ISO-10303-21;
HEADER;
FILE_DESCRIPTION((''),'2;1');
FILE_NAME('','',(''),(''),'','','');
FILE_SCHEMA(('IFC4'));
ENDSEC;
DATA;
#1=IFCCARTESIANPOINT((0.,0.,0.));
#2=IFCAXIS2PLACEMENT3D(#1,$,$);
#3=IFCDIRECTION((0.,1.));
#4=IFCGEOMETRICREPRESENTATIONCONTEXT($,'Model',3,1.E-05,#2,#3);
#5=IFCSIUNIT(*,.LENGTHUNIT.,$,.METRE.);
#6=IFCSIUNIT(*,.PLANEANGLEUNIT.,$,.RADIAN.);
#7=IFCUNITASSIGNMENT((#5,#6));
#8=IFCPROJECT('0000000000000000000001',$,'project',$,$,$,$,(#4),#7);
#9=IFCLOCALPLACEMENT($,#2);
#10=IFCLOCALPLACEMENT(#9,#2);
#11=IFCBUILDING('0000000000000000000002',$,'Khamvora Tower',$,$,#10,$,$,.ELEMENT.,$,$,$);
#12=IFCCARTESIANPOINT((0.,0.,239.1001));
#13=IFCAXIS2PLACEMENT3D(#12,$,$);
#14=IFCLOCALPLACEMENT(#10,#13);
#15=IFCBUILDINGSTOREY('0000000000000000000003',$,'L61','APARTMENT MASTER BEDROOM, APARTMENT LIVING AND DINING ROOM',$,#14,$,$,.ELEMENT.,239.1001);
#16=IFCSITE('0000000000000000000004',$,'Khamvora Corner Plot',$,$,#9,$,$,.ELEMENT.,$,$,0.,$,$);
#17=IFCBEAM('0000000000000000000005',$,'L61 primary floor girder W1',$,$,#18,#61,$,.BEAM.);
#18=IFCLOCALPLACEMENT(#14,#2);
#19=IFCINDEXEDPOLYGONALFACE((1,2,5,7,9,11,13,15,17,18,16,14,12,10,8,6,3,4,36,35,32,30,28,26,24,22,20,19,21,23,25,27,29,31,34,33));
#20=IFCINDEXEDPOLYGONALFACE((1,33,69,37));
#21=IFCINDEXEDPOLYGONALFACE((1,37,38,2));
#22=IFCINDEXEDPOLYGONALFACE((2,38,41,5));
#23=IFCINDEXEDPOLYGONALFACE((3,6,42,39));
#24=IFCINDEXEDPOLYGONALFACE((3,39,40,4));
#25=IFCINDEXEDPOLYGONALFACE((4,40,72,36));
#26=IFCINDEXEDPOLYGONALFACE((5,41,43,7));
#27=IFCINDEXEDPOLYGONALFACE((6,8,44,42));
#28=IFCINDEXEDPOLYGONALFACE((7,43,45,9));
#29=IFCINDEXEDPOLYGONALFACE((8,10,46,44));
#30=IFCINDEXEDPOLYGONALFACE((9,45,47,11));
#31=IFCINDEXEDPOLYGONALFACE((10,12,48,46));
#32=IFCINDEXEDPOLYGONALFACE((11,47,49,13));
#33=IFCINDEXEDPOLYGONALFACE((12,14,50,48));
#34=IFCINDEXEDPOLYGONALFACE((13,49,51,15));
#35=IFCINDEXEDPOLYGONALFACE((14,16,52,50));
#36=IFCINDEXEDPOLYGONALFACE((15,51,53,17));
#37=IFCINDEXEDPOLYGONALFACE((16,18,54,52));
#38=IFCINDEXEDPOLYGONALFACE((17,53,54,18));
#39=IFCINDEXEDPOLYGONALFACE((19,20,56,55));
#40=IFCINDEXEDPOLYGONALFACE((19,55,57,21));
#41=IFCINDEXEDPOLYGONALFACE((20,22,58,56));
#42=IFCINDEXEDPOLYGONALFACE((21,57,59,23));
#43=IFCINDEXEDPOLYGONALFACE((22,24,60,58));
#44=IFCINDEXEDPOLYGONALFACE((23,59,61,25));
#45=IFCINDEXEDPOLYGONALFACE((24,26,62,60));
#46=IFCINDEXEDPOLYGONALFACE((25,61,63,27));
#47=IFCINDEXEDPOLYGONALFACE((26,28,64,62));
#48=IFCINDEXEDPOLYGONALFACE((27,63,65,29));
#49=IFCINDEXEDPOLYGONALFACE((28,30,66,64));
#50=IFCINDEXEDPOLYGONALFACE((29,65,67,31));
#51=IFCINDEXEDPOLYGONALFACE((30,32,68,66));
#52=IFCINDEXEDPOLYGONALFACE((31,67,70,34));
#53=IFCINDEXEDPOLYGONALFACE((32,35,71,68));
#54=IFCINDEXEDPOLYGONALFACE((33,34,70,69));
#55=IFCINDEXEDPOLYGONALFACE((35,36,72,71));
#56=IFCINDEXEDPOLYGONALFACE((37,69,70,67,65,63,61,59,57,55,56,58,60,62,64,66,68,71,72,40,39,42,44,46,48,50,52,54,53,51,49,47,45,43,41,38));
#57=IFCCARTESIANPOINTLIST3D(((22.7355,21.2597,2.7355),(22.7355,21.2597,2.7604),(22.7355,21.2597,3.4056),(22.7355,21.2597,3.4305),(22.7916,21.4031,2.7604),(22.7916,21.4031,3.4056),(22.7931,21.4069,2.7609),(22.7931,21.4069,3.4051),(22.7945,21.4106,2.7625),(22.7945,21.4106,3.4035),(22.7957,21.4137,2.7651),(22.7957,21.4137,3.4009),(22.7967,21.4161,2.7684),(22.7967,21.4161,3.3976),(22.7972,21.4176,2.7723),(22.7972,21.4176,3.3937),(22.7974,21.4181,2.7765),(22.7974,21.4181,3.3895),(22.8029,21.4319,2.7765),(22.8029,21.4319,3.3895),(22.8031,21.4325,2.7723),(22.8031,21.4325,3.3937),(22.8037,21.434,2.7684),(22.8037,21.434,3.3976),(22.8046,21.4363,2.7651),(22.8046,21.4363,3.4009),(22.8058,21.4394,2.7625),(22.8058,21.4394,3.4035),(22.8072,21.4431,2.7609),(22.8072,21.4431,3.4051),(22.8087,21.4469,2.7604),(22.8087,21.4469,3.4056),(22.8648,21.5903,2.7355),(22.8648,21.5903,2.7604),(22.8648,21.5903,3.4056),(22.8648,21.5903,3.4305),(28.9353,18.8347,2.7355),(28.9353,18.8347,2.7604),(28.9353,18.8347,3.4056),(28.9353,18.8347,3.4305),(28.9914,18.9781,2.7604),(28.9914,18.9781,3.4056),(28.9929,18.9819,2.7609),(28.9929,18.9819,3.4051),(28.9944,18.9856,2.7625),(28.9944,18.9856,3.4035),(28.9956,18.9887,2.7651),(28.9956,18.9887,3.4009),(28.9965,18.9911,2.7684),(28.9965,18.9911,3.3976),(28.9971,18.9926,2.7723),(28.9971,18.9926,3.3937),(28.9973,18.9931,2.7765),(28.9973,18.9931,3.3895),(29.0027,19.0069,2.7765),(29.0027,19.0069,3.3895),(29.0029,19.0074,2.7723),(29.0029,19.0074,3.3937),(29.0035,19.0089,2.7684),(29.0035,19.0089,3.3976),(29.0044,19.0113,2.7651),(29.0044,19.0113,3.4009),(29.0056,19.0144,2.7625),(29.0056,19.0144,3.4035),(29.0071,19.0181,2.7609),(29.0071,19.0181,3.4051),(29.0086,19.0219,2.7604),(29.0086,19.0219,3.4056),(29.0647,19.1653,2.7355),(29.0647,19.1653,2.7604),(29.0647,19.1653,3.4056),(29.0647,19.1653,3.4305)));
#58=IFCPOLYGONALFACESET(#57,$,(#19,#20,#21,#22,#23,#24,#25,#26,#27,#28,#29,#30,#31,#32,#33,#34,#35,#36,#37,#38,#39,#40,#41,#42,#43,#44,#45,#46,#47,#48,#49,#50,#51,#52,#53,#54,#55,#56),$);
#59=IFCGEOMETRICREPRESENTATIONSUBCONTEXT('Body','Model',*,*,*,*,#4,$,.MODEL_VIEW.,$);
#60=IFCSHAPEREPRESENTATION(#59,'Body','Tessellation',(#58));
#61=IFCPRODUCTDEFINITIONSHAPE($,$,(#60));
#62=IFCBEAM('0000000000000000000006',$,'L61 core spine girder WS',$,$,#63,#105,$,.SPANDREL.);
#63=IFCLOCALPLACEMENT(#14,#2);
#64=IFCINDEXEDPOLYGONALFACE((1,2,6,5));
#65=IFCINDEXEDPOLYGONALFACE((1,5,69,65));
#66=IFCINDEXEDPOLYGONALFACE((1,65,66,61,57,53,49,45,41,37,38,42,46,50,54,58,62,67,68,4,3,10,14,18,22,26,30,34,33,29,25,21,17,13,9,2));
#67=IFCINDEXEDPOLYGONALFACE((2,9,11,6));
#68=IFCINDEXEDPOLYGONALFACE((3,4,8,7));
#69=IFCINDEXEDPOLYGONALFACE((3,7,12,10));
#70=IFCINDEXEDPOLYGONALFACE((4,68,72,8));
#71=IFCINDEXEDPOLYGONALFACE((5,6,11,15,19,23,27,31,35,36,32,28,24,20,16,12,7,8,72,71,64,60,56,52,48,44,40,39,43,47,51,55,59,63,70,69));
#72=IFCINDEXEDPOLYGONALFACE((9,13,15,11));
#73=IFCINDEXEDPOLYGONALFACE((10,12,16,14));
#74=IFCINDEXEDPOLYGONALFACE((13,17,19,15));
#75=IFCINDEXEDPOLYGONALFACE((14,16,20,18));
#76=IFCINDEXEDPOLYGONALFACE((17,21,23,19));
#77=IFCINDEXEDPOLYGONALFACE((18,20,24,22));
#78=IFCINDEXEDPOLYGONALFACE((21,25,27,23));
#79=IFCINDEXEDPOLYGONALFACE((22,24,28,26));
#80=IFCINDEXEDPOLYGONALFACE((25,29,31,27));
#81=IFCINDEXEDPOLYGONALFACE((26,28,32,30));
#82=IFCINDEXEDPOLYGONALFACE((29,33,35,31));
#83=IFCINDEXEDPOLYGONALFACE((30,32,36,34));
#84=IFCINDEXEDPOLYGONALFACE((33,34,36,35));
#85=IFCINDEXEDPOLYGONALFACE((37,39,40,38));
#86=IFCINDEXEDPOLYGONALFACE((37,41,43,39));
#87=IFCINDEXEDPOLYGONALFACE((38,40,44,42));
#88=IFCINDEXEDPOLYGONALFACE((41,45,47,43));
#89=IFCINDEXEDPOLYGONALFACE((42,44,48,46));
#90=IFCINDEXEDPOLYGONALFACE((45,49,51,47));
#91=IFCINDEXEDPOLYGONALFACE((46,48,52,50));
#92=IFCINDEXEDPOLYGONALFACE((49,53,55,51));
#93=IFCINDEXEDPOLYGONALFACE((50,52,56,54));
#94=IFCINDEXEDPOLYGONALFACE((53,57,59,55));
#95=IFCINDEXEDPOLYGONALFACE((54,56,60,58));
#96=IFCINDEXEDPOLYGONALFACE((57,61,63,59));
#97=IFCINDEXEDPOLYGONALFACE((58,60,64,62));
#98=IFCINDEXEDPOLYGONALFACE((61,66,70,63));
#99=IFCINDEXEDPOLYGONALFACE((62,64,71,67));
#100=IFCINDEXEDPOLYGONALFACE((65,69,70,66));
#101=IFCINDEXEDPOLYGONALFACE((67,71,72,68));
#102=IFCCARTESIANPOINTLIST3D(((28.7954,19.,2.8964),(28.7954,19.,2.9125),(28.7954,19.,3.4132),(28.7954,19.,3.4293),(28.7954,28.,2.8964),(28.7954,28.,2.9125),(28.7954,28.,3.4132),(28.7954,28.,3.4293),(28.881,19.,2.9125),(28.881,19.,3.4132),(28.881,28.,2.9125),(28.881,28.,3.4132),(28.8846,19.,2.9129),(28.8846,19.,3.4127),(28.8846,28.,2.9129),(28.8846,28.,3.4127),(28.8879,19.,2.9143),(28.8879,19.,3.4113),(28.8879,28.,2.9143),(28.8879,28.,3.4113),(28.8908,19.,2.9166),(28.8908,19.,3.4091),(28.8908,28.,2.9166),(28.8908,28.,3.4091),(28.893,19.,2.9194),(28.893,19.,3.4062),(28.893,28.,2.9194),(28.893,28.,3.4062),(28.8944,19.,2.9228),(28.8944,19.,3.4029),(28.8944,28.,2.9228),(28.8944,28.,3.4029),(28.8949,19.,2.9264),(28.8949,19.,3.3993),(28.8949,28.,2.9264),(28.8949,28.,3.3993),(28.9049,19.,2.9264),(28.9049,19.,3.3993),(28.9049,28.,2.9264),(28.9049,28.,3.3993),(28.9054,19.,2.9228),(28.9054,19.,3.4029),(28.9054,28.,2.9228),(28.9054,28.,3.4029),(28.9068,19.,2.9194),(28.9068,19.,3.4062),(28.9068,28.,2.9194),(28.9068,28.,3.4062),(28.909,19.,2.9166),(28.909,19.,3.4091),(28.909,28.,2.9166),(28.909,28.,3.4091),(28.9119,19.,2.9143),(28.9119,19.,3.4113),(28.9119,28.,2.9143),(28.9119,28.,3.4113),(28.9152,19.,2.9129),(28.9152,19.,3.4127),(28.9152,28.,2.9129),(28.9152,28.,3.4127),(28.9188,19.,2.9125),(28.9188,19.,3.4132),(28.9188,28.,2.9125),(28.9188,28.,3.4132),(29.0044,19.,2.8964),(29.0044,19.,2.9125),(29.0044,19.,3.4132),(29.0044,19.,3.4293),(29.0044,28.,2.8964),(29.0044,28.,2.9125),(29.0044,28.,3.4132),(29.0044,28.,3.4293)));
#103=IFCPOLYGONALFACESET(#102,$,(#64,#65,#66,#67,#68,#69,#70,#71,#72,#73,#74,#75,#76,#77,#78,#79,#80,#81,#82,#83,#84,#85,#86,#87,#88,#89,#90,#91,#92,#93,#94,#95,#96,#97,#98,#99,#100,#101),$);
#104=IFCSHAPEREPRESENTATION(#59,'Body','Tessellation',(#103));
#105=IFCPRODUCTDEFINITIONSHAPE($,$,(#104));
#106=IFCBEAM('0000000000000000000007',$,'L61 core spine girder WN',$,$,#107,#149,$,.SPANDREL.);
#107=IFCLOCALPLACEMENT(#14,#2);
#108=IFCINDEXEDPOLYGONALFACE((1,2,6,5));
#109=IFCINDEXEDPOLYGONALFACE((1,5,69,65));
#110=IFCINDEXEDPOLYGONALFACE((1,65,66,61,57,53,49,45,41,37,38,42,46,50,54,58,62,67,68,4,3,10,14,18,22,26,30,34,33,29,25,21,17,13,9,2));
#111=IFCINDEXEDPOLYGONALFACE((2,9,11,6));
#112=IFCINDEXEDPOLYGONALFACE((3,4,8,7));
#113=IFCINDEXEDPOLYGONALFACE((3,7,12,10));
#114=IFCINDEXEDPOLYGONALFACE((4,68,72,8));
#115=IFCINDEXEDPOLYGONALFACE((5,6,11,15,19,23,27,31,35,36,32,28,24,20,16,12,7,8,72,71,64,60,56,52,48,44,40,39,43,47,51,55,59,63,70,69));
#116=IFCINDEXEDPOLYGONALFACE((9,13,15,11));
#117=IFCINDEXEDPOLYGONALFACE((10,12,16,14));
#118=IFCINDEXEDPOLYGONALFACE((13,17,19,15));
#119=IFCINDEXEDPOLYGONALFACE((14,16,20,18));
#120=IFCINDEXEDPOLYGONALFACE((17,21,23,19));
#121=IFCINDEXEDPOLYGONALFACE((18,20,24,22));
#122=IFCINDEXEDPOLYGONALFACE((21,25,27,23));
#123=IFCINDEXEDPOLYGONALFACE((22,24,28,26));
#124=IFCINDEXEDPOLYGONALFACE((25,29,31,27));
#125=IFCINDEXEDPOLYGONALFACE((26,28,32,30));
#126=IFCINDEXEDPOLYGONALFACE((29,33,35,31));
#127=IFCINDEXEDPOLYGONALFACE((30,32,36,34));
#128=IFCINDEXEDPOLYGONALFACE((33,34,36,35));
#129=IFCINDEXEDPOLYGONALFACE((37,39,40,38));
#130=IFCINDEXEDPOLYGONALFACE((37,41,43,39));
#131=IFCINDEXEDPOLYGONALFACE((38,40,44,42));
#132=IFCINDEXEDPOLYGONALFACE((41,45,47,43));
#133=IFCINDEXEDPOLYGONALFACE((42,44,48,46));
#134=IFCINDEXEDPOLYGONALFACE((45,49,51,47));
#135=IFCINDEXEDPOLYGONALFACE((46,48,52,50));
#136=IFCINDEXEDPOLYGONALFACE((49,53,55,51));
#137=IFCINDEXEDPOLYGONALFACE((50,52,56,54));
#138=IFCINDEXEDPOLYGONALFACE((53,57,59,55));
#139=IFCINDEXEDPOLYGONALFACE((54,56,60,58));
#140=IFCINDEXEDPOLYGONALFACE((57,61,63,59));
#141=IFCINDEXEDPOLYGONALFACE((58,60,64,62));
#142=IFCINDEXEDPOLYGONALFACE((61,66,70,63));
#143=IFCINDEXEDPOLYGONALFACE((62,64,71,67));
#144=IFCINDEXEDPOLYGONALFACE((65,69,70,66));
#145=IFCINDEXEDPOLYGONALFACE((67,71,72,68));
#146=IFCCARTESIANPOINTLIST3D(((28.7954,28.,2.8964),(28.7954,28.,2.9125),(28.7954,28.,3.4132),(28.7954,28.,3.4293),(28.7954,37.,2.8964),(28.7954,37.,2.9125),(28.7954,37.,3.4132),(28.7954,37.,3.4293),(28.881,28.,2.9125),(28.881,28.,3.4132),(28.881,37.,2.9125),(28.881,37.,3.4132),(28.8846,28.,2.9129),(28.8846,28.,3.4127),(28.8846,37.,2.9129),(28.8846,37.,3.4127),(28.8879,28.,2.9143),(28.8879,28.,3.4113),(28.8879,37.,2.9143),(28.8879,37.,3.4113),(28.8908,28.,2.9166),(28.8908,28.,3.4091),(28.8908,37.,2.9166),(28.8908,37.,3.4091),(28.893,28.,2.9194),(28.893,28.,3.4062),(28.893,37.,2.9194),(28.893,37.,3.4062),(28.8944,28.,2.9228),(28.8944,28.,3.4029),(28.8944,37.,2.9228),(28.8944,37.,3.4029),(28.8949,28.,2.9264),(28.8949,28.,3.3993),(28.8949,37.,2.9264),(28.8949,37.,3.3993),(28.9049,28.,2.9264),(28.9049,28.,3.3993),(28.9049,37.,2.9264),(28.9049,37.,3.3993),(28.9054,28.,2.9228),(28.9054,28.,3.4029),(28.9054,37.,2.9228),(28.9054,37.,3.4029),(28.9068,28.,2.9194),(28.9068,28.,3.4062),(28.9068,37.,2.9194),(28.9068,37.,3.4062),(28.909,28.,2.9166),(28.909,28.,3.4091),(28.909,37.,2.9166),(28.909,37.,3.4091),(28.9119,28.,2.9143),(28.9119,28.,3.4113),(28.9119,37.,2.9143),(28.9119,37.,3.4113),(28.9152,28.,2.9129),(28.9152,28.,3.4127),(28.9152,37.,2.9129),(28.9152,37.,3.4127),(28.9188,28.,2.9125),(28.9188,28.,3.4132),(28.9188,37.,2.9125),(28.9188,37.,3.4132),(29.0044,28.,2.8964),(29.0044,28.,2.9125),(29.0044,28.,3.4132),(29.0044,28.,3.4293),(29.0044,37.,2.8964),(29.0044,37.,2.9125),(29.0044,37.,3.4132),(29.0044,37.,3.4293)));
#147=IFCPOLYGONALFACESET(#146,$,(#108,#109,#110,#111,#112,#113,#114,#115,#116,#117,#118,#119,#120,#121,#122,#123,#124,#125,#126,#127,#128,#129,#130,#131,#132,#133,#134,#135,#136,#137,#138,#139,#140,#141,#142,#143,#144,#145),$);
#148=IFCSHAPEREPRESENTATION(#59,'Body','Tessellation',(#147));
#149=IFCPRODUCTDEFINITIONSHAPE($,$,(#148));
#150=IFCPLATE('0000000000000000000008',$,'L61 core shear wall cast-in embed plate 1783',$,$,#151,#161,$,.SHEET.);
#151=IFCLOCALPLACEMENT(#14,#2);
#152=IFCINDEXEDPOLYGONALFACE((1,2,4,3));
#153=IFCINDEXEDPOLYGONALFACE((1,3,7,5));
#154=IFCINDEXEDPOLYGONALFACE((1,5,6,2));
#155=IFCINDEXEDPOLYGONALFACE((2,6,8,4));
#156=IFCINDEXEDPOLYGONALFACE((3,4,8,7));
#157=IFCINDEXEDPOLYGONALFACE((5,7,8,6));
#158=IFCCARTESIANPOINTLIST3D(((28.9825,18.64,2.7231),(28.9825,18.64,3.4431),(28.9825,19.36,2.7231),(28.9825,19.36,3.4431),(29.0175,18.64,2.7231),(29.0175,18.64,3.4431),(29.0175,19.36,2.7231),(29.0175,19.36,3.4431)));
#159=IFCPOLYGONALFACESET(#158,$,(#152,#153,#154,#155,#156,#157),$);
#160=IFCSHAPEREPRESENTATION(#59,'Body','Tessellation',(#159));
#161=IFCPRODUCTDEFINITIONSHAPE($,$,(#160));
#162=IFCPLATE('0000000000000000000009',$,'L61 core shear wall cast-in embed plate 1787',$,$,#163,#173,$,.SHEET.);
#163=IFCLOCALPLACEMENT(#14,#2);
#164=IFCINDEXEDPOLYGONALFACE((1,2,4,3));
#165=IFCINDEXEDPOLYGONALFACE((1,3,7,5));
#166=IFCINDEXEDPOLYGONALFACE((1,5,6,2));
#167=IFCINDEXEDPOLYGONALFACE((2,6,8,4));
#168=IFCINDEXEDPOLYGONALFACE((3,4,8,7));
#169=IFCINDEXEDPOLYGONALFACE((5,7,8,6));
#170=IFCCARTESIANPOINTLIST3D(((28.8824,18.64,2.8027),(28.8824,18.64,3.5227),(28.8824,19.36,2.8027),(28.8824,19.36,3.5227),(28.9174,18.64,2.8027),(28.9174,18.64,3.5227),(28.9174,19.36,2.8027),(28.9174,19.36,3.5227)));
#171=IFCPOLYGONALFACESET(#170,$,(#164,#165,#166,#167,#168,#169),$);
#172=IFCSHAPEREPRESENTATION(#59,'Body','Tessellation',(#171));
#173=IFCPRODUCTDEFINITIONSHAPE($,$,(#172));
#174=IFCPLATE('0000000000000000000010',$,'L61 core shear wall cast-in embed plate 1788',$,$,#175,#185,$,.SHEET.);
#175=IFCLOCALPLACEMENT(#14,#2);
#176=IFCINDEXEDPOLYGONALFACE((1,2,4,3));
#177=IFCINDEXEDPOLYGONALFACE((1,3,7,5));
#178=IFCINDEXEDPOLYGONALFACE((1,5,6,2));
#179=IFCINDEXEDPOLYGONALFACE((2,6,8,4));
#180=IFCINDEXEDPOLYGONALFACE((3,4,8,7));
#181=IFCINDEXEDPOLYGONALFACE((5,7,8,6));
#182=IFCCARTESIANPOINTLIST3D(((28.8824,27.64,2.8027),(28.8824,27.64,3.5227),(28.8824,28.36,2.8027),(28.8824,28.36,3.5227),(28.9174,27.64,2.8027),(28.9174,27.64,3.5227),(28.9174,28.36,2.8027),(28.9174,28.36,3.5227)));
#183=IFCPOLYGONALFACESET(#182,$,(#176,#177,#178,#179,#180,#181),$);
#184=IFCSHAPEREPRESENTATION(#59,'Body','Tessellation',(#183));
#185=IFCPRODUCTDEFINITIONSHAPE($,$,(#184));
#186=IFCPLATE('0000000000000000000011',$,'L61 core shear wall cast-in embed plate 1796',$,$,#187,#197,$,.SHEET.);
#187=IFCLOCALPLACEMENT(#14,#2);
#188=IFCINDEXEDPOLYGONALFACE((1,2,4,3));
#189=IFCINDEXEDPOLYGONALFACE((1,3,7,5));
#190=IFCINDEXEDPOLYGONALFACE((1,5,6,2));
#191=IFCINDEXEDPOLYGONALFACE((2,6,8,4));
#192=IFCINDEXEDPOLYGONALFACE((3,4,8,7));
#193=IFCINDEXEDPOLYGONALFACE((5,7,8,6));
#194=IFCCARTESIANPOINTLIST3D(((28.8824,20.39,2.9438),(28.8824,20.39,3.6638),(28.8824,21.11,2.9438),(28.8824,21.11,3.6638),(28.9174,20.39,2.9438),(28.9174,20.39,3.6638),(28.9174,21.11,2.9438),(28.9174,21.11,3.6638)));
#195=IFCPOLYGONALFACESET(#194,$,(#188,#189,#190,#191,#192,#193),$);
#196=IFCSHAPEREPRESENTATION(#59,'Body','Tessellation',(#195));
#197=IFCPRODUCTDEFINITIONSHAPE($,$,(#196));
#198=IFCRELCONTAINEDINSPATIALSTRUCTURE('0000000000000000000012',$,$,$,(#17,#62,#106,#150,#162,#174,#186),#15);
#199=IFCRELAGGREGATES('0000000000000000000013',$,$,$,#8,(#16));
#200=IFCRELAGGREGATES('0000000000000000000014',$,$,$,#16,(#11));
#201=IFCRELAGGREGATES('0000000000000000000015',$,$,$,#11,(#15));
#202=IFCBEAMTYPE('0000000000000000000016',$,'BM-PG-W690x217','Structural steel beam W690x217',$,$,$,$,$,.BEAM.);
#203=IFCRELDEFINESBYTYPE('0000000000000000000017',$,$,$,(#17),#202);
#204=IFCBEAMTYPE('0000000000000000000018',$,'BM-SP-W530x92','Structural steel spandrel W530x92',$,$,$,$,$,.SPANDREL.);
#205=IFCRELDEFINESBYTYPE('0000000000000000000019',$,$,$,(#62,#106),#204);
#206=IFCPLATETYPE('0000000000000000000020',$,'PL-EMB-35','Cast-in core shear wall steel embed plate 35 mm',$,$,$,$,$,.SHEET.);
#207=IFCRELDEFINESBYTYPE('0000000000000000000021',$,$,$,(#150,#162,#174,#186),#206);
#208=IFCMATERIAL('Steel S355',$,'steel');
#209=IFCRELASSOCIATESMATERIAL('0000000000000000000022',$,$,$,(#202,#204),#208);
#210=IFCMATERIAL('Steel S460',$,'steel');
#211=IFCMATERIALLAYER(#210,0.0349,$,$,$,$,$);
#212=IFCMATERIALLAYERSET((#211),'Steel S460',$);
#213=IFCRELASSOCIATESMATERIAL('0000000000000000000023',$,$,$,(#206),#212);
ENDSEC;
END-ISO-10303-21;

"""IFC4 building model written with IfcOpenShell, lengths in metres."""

from ifc_helpers import new_model, si_unit, direction, frame, origin, origin_2d, place, context, subcontext, project, spatial, rectangle, i_section, extrude, material, layer, layer_set, material_profile, profile_set, type_object, element, save


model = new_model("IFC4")

# Units and contexts
model_context = context("Model", 3, precision=1e-05, world=origin(), true_north=direction((0.0, 1.0)))
body_context = subcontext(model_context, "Body", "Model", "MODEL_VIEW")
ifc_project = project(units=[si_unit("LENGTHUNIT", "METRE"), si_unit("PLANEANGLEUNIT", "RADIAN")], contexts=[model_context])

# Site, building, storey
site_placement = place(None, origin())
site = spatial("IfcSite", under=ifc_project, at=site_placement, Name="Khamvora Corner Plot", CompositionType="ELEMENT", RefElevation=0.0)
building_placement = place(site_placement, origin())
building = spatial("IfcBuilding", under=site, at=building_placement, Name="Khamvora Tower", CompositionType="ELEMENT")
storey_placement = place(building_placement, frame((0.0, 0.0, 239.1001)))
storey = spatial("IfcBuildingStorey", under=building, at=storey_placement, Name="L61", Description="APARTMENT MASTER BEDROOM, APARTMENT LIVING AND DINING ROOM", CompositionType="ELEMENT", Elevation=239.1001)

# Beams
ifc_material_1 = material(Name="Steel S355", Category="steel")
ifc_material_profile_1 = material_profile(ifc_material_1, i_section(OverallWidth=0.355, OverallDepth=0.6951, WebThickness=0.0149, FlangeThickness=0.0249, FilletRadius=0.0161, at=origin_2d()), Name="W690x217")
ifc_profile_set_1 = profile_set([ifc_material_profile_1], Name="Steel S355")
beam_type_1 = type_object("IfcBeamType", Name="BM-PG-W690x217", Description="Structural steel beam W690x217", PredefinedType="BEAM", material=ifc_profile_set_1)
beam_1_placement = place(storey_placement, frame((29.0, 19.0, 3.083), z_axis=(-0.931295, 0.364267, 0.0), x_axis=(-0.364267, -0.931295, 0.0)))
element("IfcBeam", 1, at=beam_1_placement, inside=storey, type_object=beam_type_1, Name="L61 primary floor girder W1", PredefinedType="BEAM", context=body_context, shape_type="SweptSolid", body=[
    extrude(i_section(OverallWidth=0.355, OverallDepth=0.6951, WebThickness=0.0149, FlangeThickness=0.0249, FilletRadius=0.0161, at=origin_2d()), origin(), (0.0, 0.0, 1.0), 6.6572),
])
ifc_material_profile_2 = material_profile(ifc_material_1, i_section(OverallWidth=0.209, OverallDepth=0.533, WebThickness=0.01, FlangeThickness=0.0161, FilletRadius=0.0139, at=origin_2d()), Name="W530x92")
ifc_profile_set_2 = profile_set([ifc_material_profile_2], Name="Steel S355")
beam_type_2 = type_object("IfcBeamType", Name="BM-SP-W530x92", Description="Structural steel spandrel W530x92", PredefinedType="SPANDREL", material=ifc_profile_set_2)
for number, where, z_axis, x_axis, name in (
    (2, (28.8999, 19.0, 3.1628), (0.0, 1.0, 0.0), (-1.0, 0.0, 0.0), "L61 core spine girder WS"),
    (3, (28.8999, 28.0, 3.1628), (0.0, 1.0, 0.0), (-1.0, 0.0, 0.0), "L61 core spine girder WN"),
):
    element("IfcBeam", number, at=place(storey_placement, frame(where, z_axis=z_axis, x_axis=x_axis)), inside=storey, type_object=beam_type_2, Name=name, PredefinedType="SPANDREL", context=body_context, shape_type="SweptSolid", body=[
        extrude(i_section(OverallWidth=0.209, OverallDepth=0.533, WebThickness=0.01, FlangeThickness=0.0161, FilletRadius=0.0139, at=origin_2d()), origin(), (0.0, 0.0, 1.0), 9.0),
    ])

# Plates
ifc_material_2 = material(Name="Steel S460", Category="steel")
ifc_layer_1 = layer(ifc_material_2, 0.0349)
ifc_layer_set_1 = layer_set([ifc_layer_1], Name="Steel S460")
plate_type = type_object("IfcPlateType", Name="PL-EMB-35", Description="Cast-in core shear wall steel embed plate 35 mm", PredefinedType="SHEET", material=ifc_layer_set_1)
for number, where, z_axis, x_axis, name in (
    (4, (29.0, 19.0, 2.7231), (0.0, 0.0, 1.0), (1.0, 0.0, 0.0), "L61 core shear wall cast-in embed plate 1783"),
    (5, (28.8999, 19.0, 2.8027), (0.0, 0.0, 1.0), (1.0, 0.0, 0.0), "L61 core shear wall cast-in embed plate 1787"),
    (6, (28.8999, 28.0, 2.8027), (0.0, 0.0, 1.0), (1.0, 0.0, 0.0), "L61 core shear wall cast-in embed plate 1788"),
    (7, (28.8999, 20.75, 2.9438), (0.0, 0.0, 1.0), (1.0, 0.0, 0.0), "L61 core shear wall cast-in embed plate 1796"),
):
    element("IfcPlate", number, at=place(storey_placement, frame(where, z_axis=z_axis, x_axis=x_axis)), inside=storey, type_object=plate_type, Name=name, PredefinedType="SHEET", context=body_context, shape_type="SweptSolid", body=[
        extrude(rectangle(XDim=0.0349, YDim=0.72, at=origin_2d()), origin(), (0.0, 0.0, 1.0), 0.72),
    ])

save(model, "model.ifc")
